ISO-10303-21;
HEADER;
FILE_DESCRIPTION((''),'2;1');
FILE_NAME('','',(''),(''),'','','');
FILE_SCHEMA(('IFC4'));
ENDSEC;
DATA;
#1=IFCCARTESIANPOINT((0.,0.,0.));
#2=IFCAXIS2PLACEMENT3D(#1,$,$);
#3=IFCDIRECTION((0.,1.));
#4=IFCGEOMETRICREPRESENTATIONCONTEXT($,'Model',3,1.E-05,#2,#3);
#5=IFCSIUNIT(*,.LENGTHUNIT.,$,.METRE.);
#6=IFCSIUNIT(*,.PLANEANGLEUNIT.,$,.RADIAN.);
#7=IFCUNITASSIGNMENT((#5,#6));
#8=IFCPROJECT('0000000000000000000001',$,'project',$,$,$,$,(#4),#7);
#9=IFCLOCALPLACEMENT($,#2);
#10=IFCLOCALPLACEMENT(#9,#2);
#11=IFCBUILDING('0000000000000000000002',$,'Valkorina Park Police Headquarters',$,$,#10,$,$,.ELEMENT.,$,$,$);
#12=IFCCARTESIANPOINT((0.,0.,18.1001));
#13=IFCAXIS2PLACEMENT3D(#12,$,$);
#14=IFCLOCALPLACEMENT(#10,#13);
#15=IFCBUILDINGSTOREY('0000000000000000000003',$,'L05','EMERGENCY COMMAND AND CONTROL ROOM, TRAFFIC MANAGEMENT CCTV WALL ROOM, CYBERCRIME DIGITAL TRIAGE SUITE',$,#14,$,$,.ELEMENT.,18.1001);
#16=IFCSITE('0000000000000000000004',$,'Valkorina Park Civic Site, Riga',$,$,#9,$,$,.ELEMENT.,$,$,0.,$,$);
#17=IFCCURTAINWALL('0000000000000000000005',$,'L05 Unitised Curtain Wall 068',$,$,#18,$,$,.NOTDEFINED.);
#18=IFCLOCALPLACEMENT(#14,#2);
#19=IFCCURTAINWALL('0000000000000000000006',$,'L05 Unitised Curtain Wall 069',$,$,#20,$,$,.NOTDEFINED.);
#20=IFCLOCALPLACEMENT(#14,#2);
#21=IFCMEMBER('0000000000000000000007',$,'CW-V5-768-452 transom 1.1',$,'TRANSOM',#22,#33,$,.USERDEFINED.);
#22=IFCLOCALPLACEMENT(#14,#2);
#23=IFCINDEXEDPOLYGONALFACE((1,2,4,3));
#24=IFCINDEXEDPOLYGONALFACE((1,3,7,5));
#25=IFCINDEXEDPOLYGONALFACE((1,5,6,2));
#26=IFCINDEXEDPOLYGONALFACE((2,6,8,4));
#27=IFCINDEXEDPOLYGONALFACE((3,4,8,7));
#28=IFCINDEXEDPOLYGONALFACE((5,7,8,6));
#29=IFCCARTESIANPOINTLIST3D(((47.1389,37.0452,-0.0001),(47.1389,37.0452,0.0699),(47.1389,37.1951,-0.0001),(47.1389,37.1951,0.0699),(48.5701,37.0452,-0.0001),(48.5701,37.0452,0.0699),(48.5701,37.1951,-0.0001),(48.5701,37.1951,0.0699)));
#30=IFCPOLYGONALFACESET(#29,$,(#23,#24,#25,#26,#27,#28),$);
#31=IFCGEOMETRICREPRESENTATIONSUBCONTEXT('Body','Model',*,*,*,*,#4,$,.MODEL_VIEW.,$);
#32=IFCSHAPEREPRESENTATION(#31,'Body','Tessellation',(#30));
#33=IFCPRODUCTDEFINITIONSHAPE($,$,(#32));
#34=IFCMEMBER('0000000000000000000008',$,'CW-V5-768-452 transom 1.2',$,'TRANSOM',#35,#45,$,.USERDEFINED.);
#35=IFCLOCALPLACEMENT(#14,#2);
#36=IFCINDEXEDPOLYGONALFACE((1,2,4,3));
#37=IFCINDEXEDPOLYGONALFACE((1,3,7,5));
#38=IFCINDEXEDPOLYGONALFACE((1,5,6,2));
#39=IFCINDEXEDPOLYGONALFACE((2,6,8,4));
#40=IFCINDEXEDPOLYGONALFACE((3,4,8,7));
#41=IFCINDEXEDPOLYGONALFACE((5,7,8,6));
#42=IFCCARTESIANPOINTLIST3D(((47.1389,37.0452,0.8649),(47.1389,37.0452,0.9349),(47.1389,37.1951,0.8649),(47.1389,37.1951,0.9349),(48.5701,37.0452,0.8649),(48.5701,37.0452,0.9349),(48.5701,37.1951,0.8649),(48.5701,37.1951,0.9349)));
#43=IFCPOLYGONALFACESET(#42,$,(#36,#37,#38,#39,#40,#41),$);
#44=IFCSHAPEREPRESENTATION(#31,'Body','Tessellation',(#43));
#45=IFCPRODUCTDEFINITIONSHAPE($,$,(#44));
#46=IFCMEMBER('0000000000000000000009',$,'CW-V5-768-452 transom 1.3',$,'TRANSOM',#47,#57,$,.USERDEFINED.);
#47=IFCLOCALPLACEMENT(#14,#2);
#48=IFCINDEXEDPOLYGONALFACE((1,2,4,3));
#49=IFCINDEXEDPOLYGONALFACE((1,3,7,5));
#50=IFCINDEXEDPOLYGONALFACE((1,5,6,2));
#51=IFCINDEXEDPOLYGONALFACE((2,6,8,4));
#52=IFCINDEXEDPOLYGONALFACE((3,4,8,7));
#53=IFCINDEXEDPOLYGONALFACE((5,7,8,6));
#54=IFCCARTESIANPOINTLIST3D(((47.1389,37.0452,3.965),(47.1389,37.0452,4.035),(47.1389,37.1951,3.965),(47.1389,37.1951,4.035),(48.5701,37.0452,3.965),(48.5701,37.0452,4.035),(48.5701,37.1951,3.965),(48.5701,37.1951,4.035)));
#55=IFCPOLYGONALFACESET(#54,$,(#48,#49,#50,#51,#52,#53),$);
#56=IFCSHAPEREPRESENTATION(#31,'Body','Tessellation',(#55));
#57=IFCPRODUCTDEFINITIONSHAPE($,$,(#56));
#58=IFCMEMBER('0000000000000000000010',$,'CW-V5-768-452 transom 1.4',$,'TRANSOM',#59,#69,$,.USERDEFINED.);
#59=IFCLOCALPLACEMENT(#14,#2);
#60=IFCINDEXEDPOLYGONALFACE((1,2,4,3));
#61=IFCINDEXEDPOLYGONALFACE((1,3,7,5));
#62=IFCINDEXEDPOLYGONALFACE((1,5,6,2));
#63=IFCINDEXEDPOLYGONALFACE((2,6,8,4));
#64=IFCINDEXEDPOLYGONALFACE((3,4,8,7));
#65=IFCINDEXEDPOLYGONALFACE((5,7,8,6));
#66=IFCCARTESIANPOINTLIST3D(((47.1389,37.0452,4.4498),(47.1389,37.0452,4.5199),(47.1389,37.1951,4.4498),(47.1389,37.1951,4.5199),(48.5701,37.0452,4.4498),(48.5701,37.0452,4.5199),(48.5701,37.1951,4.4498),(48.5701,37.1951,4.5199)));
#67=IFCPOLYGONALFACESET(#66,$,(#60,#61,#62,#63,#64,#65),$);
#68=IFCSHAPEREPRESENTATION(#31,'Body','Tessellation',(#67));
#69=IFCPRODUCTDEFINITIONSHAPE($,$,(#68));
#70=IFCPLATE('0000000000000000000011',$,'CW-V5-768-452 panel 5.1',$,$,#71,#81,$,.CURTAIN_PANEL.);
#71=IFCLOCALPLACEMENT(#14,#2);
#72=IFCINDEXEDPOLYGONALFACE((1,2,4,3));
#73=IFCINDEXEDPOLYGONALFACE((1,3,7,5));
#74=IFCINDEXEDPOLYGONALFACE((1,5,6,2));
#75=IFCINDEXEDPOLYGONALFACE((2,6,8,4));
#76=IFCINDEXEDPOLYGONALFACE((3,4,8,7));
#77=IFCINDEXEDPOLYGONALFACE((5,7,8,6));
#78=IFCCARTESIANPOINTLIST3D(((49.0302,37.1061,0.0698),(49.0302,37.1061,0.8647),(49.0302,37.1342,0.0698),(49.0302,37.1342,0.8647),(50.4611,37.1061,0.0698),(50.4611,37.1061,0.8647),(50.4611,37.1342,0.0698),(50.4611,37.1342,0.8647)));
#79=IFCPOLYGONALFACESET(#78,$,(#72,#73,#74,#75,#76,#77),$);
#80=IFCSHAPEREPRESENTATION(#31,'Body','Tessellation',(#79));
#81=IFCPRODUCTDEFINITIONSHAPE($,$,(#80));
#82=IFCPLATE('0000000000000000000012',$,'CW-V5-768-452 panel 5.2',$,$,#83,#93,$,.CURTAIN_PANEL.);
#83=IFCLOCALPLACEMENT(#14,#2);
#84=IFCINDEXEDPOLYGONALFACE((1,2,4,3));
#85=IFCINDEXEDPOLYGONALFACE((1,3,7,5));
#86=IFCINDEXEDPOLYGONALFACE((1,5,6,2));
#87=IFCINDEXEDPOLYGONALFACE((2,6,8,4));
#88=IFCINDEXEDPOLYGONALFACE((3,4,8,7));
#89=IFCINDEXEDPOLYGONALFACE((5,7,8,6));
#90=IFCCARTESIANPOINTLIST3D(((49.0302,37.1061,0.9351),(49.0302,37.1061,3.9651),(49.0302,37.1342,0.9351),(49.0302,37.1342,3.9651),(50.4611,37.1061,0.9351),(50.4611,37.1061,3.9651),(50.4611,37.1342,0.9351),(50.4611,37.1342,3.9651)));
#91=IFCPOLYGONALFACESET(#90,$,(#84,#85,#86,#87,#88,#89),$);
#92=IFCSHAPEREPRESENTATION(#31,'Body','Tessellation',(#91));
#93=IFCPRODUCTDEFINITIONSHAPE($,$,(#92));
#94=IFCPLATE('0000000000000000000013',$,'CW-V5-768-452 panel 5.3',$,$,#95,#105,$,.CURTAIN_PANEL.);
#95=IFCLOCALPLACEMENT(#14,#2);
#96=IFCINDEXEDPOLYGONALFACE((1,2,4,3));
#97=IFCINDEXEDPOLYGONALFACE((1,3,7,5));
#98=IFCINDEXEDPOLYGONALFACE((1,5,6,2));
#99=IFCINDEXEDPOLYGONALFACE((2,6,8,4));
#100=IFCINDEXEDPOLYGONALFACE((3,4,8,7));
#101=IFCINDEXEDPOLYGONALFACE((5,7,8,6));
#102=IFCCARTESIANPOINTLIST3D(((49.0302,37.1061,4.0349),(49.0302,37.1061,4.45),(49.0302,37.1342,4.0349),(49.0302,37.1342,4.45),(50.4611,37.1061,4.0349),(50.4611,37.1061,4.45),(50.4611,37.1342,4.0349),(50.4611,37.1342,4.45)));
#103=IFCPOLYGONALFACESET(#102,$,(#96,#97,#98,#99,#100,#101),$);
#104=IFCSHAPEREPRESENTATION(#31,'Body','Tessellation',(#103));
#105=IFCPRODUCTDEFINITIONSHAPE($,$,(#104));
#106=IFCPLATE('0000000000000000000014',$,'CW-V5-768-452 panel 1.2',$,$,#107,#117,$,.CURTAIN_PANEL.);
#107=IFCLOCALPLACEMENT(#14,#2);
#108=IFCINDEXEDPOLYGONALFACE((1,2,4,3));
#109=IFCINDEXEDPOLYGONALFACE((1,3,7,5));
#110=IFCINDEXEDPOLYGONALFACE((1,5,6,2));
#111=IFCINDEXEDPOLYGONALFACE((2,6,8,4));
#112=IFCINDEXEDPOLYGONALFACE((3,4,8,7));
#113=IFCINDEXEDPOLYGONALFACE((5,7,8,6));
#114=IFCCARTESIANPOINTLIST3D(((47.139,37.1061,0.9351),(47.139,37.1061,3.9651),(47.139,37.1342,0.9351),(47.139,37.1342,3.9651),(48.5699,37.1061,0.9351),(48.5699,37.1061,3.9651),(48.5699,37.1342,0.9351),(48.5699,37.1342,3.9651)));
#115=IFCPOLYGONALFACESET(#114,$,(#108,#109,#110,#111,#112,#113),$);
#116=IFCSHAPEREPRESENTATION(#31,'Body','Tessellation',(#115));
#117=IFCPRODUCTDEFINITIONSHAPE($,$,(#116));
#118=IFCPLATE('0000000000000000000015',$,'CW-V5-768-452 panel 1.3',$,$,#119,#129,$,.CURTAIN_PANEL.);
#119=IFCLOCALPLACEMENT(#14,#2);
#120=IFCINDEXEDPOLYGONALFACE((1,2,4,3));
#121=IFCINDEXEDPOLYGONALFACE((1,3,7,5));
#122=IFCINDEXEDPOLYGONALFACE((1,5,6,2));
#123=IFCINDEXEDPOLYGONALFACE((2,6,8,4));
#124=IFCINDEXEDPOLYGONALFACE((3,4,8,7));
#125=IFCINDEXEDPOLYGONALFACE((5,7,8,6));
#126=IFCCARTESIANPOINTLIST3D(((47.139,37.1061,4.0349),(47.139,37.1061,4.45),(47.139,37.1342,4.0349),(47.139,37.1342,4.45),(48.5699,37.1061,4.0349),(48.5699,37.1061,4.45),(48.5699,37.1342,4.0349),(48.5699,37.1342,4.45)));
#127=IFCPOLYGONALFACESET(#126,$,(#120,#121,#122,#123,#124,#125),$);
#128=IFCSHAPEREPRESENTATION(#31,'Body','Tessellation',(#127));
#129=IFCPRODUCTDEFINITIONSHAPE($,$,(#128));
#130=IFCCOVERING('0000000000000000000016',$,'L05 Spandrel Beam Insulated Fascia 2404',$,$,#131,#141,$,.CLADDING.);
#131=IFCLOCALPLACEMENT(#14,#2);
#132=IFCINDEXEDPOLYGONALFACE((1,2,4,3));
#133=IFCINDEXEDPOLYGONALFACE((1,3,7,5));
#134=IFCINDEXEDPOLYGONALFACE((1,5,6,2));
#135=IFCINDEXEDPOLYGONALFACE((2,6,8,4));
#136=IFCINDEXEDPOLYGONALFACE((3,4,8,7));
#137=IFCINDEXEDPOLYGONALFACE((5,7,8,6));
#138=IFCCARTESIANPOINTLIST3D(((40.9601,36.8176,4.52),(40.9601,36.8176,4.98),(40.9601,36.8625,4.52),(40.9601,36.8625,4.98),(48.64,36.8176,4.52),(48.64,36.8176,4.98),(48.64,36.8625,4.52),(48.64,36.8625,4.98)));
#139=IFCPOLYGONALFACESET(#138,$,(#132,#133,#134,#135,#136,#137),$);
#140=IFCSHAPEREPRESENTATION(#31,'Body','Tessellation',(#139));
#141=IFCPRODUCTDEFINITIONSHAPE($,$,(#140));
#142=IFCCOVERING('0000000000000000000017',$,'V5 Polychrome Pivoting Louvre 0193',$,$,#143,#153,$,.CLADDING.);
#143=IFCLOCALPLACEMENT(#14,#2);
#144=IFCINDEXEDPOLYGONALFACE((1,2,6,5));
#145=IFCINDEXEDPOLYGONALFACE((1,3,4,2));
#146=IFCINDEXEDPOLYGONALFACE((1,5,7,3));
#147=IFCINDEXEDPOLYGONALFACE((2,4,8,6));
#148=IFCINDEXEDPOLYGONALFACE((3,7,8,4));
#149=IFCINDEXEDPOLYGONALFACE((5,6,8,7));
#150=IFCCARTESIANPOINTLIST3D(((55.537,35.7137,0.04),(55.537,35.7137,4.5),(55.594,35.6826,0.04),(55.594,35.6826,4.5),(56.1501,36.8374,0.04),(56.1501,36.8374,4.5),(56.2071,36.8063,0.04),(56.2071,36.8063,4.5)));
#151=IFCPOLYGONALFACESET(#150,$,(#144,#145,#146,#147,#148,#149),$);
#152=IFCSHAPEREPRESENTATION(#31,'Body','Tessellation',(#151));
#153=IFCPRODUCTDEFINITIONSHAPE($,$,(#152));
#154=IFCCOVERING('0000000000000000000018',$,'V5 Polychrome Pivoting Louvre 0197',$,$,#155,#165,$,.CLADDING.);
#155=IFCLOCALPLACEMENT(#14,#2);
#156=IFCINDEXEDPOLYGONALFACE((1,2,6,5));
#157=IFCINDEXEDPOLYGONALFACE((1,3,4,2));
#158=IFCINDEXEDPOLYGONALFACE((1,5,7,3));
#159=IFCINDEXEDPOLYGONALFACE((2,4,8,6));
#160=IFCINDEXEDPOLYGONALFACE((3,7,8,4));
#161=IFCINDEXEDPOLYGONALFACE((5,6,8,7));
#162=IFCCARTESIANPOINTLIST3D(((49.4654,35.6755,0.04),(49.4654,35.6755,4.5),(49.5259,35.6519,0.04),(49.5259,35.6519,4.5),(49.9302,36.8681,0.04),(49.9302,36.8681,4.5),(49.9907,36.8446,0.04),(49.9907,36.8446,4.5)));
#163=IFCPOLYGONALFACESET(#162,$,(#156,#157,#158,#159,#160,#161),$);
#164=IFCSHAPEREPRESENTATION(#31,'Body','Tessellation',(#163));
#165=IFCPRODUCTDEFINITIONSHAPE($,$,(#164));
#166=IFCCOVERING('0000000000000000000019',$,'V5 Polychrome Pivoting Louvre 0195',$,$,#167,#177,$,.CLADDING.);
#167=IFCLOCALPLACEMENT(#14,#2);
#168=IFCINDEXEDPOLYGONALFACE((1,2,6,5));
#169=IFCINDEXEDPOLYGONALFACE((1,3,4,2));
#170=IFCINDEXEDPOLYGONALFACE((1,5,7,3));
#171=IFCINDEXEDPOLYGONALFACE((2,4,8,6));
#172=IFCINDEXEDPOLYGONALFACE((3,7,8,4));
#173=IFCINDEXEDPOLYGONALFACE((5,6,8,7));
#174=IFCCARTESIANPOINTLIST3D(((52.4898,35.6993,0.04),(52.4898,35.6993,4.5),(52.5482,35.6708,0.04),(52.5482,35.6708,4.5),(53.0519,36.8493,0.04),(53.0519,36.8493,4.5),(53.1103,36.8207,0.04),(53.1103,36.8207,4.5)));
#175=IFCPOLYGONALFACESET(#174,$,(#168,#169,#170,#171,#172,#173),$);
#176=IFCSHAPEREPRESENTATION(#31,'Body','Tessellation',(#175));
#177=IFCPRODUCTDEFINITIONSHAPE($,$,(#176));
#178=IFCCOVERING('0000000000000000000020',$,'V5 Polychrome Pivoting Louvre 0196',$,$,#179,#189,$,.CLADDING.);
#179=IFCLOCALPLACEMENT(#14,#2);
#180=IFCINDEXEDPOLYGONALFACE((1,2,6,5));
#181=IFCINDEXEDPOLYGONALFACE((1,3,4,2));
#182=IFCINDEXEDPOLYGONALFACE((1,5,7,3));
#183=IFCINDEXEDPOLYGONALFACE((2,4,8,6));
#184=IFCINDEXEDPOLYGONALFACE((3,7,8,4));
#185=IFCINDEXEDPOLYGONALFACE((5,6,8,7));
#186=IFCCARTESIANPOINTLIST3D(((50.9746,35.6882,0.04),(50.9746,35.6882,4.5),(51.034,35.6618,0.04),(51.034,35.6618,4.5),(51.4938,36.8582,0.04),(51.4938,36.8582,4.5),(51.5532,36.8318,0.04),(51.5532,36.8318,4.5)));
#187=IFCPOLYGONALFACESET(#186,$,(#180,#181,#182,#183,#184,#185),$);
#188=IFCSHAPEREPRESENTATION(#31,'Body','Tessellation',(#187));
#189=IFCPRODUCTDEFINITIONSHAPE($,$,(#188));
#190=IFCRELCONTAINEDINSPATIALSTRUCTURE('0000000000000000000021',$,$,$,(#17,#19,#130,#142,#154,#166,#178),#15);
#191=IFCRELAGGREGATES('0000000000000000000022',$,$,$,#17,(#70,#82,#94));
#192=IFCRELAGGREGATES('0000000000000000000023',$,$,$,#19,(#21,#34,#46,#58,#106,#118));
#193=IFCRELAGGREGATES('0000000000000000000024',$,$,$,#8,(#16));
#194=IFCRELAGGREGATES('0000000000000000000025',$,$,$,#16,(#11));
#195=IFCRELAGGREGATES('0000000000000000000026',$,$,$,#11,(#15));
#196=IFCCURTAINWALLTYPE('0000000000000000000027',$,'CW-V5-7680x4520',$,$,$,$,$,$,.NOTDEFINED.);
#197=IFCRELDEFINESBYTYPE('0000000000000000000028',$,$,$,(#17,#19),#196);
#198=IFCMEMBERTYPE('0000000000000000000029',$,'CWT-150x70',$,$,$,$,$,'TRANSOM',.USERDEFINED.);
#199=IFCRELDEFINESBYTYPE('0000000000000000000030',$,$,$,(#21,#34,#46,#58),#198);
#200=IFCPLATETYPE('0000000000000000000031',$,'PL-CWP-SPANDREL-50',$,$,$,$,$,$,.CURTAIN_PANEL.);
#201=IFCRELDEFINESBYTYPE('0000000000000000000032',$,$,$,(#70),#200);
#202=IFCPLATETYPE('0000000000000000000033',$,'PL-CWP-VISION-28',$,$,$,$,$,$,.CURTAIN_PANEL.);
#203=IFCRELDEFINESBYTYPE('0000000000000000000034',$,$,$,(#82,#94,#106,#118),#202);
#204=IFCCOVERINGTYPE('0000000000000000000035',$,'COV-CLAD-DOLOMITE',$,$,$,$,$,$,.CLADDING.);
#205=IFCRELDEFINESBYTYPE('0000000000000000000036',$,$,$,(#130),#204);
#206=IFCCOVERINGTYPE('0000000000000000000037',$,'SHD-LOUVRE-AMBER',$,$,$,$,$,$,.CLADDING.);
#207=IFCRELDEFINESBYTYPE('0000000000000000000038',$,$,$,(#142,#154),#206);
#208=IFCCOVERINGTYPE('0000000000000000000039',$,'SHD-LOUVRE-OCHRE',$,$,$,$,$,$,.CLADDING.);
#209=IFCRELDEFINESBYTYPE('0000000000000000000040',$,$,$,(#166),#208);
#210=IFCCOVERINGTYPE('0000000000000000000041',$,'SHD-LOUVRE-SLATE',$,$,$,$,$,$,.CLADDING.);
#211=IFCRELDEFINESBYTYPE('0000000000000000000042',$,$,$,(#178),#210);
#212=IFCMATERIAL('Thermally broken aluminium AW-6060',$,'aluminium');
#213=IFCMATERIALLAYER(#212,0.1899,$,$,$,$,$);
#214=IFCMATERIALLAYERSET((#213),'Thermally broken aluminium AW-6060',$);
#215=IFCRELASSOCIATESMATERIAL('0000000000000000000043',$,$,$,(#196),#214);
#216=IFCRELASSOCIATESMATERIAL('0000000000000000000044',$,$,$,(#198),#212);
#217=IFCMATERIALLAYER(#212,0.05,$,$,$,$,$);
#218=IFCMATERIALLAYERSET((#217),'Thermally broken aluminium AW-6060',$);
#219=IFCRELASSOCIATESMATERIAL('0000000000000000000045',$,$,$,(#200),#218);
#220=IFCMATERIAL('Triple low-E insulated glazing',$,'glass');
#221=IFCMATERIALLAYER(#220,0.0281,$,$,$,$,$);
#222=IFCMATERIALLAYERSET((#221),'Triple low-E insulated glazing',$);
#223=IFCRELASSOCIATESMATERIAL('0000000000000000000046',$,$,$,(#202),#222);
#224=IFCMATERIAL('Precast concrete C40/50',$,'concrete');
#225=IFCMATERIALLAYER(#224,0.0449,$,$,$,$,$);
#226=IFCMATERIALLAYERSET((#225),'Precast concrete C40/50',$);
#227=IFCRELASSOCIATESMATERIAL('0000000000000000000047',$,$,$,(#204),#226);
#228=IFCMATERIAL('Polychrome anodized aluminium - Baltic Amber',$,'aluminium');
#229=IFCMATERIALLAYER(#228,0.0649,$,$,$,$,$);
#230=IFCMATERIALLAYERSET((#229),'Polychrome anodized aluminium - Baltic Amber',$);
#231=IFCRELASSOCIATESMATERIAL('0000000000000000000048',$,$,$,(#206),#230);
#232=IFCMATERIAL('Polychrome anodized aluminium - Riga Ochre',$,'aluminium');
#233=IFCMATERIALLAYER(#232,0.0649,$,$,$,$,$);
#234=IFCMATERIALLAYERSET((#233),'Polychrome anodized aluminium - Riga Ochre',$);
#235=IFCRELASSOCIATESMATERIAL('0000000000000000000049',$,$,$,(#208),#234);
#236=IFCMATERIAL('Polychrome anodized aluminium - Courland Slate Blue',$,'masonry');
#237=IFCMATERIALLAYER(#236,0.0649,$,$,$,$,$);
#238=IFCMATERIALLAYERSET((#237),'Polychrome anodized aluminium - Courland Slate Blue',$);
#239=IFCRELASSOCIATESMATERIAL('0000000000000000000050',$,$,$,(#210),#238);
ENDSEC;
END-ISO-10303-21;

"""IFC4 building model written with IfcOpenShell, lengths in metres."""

from ifc_helpers import new_model, si_unit, direction, frame, frame_2d, origin, origin_2d, place, context, subcontext, project, spatial, rectangle, extrude, material, layer, layer_set, material_profile, profile_set, type_object, element, aggregate, save


model = new_model("IFC4")

# Units and contexts
model_context = context("Model", 3, precision=1e-05, world=origin(), true_north=direction((0.0, 1.0)))
body_context = subcontext(model_context, "Body", "Model", "MODEL_VIEW")
ifc_project = project(units=[si_unit("LENGTHUNIT", "METRE"), si_unit("PLANEANGLEUNIT", "RADIAN")], contexts=[model_context])

# Site, building, storey
site_placement = place(None, origin())
site = spatial("IfcSite", under=ifc_project, at=site_placement, Name="Valkorina Park Civic Site, Riga", CompositionType="ELEMENT", RefElevation=0.0)
building_placement = place(site_placement, origin())
building = spatial("IfcBuilding", under=site, at=building_placement, Name="Valkorina Park Police Headquarters", CompositionType="ELEMENT")
storey_placement = place(building_placement, frame((0.0, 0.0, 18.1001)))
storey = spatial("IfcBuildingStorey", under=building, at=storey_placement, Name="L05", Description="EMERGENCY COMMAND AND CONTROL ROOM, TRAFFIC MANAGEMENT CCTV WALL ROOM, CYBERCRIME DIGITAL TRIAGE SUITE", CompositionType="ELEMENT", Elevation=18.1001)

# Curtain wall
ifc_material_1 = material(Name="Thermally broken aluminium AW-6060", Category="aluminium")
ifc_layer_1 = layer(ifc_material_1, 0.1899)
ifc_layer_set_1 = layer_set([ifc_layer_1], Name="Thermally broken aluminium AW-6060")
curtain_wall_type = type_object("IfcCurtainWallType", Name="CW-V5-7680x4520", PredefinedType="NOTDEFINED", material=ifc_layer_set_1)
curtain_wall_1_placement = place(storey_placement, origin())
curtain_wall_1 = element("IfcCurtainWall", 1, at=curtain_wall_1_placement, inside=storey, type_object=curtain_wall_type, Name="L05 Unitised Curtain Wall 068", PredefinedType="NOTDEFINED")

# Curtain wall
curtain_wall_2_placement = place(storey_placement, origin())
curtain_wall_2 = element("IfcCurtainWall", 2, at=curtain_wall_2_placement, inside=storey, type_object=curtain_wall_type, Name="L05 Unitised Curtain Wall 069", PredefinedType="NOTDEFINED")

# Members
ifc_material_profile_1 = material_profile(ifc_material_1, rectangle(XDim=0.1499, YDim=0.0701, at=origin_2d()), Name="CWT-02 150x70")
ifc_profile_set_1 = profile_set([ifc_material_profile_1], Name="Thermally broken aluminium AW-6060")
member_type_1 = type_object("IfcMemberType", Name="CWT-150x70", ElementType="TRANSOM", PredefinedType="USERDEFINED", material=ifc_profile_set_1)
member_1_placement = place(storey_placement, frame((48.5701, 37.1201, 0.0349), z_axis=(-1.0, 0.0, 0.0), x_axis=(0.0, -1.0, 0.0)))
member_1 = element("IfcMember", 3, at=member_1_placement, type_object=member_type_1, Name="CW-V5-768-452 transom 1.1", ObjectType="TRANSOM", PredefinedType="USERDEFINED", context=body_context, shape_type="SweptSolid", body=[
    extrude(rectangle(XDim=0.1499, YDim=0.0701, at=origin_2d()), origin(), (0.0, 0.0, 1.0), 1.4312),
])
member_2_placement = place(storey_placement, frame((48.5701, 37.1201, 0.8999), z_axis=(-1.0, 0.0, 0.0), x_axis=(0.0, -1.0, 0.0)))
member_2 = element("IfcMember", 4, at=member_2_placement, type_object=member_type_1, Name="CW-V5-768-452 transom 1.2", ObjectType="TRANSOM", PredefinedType="USERDEFINED", context=body_context, shape_type="SweptSolid", body=[
    extrude(rectangle(XDim=0.1499, YDim=0.0701, at=origin_2d()), origin(), (0.0, 0.0, 1.0), 1.4312),
])
member_3_placement = place(storey_placement, frame((48.5701, 37.1201, 4.0), z_axis=(-1.0, 0.0, 0.0), x_axis=(0.0, -1.0, 0.0)))
member_3 = element("IfcMember", 5, at=member_3_placement, type_object=member_type_1, Name="CW-V5-768-452 transom 1.3", ObjectType="TRANSOM", PredefinedType="USERDEFINED", context=body_context, shape_type="SweptSolid", body=[
    extrude(rectangle(XDim=0.1499, YDim=0.0701, at=origin_2d()), origin(), (0.0, 0.0, 1.0), 1.4312),
])
member_4_placement = place(storey_placement, frame((48.5701, 37.1201, 4.4849), z_axis=(-1.0, 0.0, 0.0), x_axis=(0.0, -1.0, 0.0)))
member_4 = element("IfcMember", 6, at=member_4_placement, type_object=member_type_1, Name="CW-V5-768-452 transom 1.4", ObjectType="TRANSOM", PredefinedType="USERDEFINED", context=body_context, shape_type="SweptSolid", body=[
    extrude(rectangle(XDim=0.1499, YDim=0.0701, at=origin_2d()), origin(), (0.0, 0.0, 1.0), 1.4312),
])

# Plates
ifc_layer_2 = layer(ifc_material_1, 0.05)
ifc_layer_set_2 = layer_set([ifc_layer_2], Name="Thermally broken aluminium AW-6060")
plate_type_1 = type_object("IfcPlateType", Name="PL-CWP-SPANDREL-50", PredefinedType="CURTAIN_PANEL", material=ifc_layer_set_2)
plate_1_placement = place(storey_placement, frame((49.7456, 37.1201, 0.0698), z_axis=(0.0, 0.0, 1.0), x_axis=(-1.0, 0.0, 0.0)))
plate_1 = element("IfcPlate", 7, at=plate_1_placement, type_object=plate_type_1, Name="CW-V5-768-452 panel 5.1", PredefinedType="CURTAIN_PANEL", context=body_context, shape_type="SweptSolid", body=[
    extrude(rectangle(XDim=1.4309, YDim=0.0281, at=origin_2d()), origin(), (0.0, 0.0, 1.0), 0.7949),
])
ifc_material_2 = material(Name="Triple low-E insulated glazing", Category="glass")
ifc_layer_3 = layer(ifc_material_2, 0.0281)
ifc_layer_set_3 = layer_set([ifc_layer_3], Name="Triple low-E insulated glazing")
plate_type_2 = type_object("IfcPlateType", Name="PL-CWP-VISION-28", PredefinedType="CURTAIN_PANEL", material=ifc_layer_set_3)
plate_2_placement = place(storey_placement, frame((49.7456, 37.1201, 0.9351), z_axis=(0.0, 0.0, 1.0), x_axis=(-1.0, 0.0, 0.0)))
plate_2 = element("IfcPlate", 8, at=plate_2_placement, type_object=plate_type_2, Name="CW-V5-768-452 panel 5.2", PredefinedType="CURTAIN_PANEL", context=body_context, shape_type="SweptSolid", body=[
    extrude(rectangle(XDim=1.4309, YDim=0.0281, at=origin_2d()), origin(), (0.0, 0.0, 1.0), 3.03),
])
plate_3_placement = place(storey_placement, frame((49.7456, 37.1201, 4.0349), z_axis=(0.0, 0.0, 1.0), x_axis=(-1.0, 0.0, 0.0)))
plate_3 = element("IfcPlate", 9, at=plate_3_placement, type_object=plate_type_2, Name="CW-V5-768-452 panel 5.3", PredefinedType="CURTAIN_PANEL", context=body_context, shape_type="SweptSolid", body=[
    extrude(rectangle(XDim=1.4309, YDim=0.0281, at=origin_2d()), origin(), (0.0, 0.0, 1.0), 0.415),
])
aggregate(curtain_wall_1, [plate_1, plate_2, plate_3])
plate_4_placement = place(storey_placement, frame((47.8545, 37.1201, 0.9351), z_axis=(0.0, 0.0, 1.0), x_axis=(-1.0, 0.0, 0.0)))
plate_4 = element("IfcPlate", 10, at=plate_4_placement, type_object=plate_type_2, Name="CW-V5-768-452 panel 1.2", PredefinedType="CURTAIN_PANEL", context=body_context, shape_type="SweptSolid", body=[
    extrude(rectangle(XDim=1.4309, YDim=0.0281, at=origin_2d()), origin(), (0.0, 0.0, 1.0), 3.03),
])
plate_5_placement = place(storey_placement, frame((47.8545, 37.1201, 4.0349), z_axis=(0.0, 0.0, 1.0), x_axis=(-1.0, 0.0, 0.0)))
plate_5 = element("IfcPlate", 11, at=plate_5_placement, type_object=plate_type_2, Name="CW-V5-768-452 panel 1.3", PredefinedType="CURTAIN_PANEL", context=body_context, shape_type="SweptSolid", body=[
    extrude(rectangle(XDim=1.4309, YDim=0.0281, at=origin_2d()), origin(), (0.0, 0.0, 1.0), 0.415),
])
aggregate(curtain_wall_2, [member_1, member_2, member_3, member_4, plate_4, plate_5])

# Coverings
ifc_material_3 = material(Name="Precast concrete C40/50", Category="concrete")
ifc_layer_4 = layer(ifc_material_3, 0.0449)
ifc_layer_set_4 = layer_set([ifc_layer_4], Name="Precast concrete C40/50")
covering_type_1 = type_object("IfcCoveringType", Name="COV-CLAD-DOLOMITE", PredefinedType="CLADDING", material=ifc_layer_set_4)
covering_1_placement = place(storey_placement, frame((48.6399, 36.8401, 4.52), z_axis=(0.0, 0.0, 1.0), x_axis=(-1.0, 0.0, 0.0)))
element("IfcCovering", 12, at=covering_1_placement, inside=storey, type_object=covering_type_1, Name="L05 Spandrel Beam Insulated Fascia 2404", PredefinedType="CLADDING", context=body_context, shape_type="SweptSolid", body=[
    extrude(rectangle(XDim=7.6799, YDim=0.0449, at=frame_2d((3.8398, 0.0))), origin(), (0.0, 0.0, 1.0), 0.46),
])
ifc_material_4 = material(Name="Polychrome anodized aluminium - Baltic Amber", Category="aluminium")
ifc_layer_5 = layer(ifc_material_4, 0.0649)
ifc_layer_set_5 = layer_set([ifc_layer_5], Name="Polychrome anodized aluminium - Baltic Amber")
covering_type_2 = type_object("IfcCoveringType", Name="SHD-LOUVRE-AMBER", PredefinedType="CLADDING", material=ifc_layer_set_5)
for number, where, z_axis, x_axis, name in (
    (13, (55.8721, 36.26, 0.04), (0.0, 0.0, 1.0), (-0.478998, -0.877816, 0.0), "V5 Polychrome Pivoting Louvre 0193"),
    (14, (49.728, 36.26, 0.04), (0.0, 0.0, 1.0), (-0.363089, -0.931755, 0.0), "V5 Polychrome Pivoting Louvre 0197"),
):
    element("IfcCovering", number, at=place(storey_placement, frame(where, z_axis=z_axis, x_axis=x_axis)), inside=storey, type_object=covering_type_2, Name=name, PredefinedType="CLADDING", context=body_context, shape_type="SweptSolid", body=[
        extrude(rectangle(XDim=1.28, YDim=0.0649, at=origin_2d()), origin(), (0.0, 0.0, 1.0), 4.46),
    ])
ifc_material_5 = material(Name="Polychrome anodized aluminium - Riga Ochre", Category="aluminium")
ifc_layer_6 = layer(ifc_material_5, 0.0649)
ifc_layer_set_6 = layer_set([ifc_layer_6], Name="Polychrome anodized aluminium - Riga Ochre")
covering_type_3 = type_object("IfcCoveringType", Name="SHD-LOUVRE-OCHRE", PredefinedType="CLADDING", material=ifc_layer_set_6)
covering_2_placement = place(storey_placement, frame((52.8, 36.26, 0.04), z_axis=(0.0, 0.0, 1.0), x_axis=(-0.439155, -0.898411, 0.0)))
element("IfcCovering", 15, at=covering_2_placement, inside=storey, type_object=covering_type_3, Name="V5 Polychrome Pivoting Louvre 0195", PredefinedType="CLADDING", context=body_context, shape_type="SweptSolid", body=[
    extrude(rectangle(XDim=1.28, YDim=0.0649, at=origin_2d()), origin(), (0.0, 0.0, 1.0), 4.46),
])
ifc_material_6 = material(Name="Polychrome anodized aluminium - Courland Slate Blue", Category="masonry")
ifc_layer_7 = layer(ifc_material_6, 0.0649)
ifc_layer_set_7 = layer_set([ifc_layer_7], Name="Polychrome anodized aluminium - Courland Slate Blue")
covering_type_4 = type_object("IfcCoveringType", Name="SHD-LOUVRE-SLATE", PredefinedType="CLADDING", material=ifc_layer_set_7)
covering_3_placement = place(storey_placement, frame((51.2639, 36.26, 0.04), z_axis=(0.0, 0.0, 1.0), x_axis=(-0.40562, -0.914042, 0.0)))
element("IfcCovering", 16, at=covering_3_placement, inside=storey, type_object=covering_type_4, Name="V5 Polychrome Pivoting Louvre 0196", PredefinedType="CLADDING", context=body_context, shape_type="SweptSolid", body=[
    extrude(rectangle(XDim=1.28, YDim=0.0649, at=origin_2d()), origin(), (0.0, 0.0, 1.0), 4.46),
])

save(model, "model.ifc")
